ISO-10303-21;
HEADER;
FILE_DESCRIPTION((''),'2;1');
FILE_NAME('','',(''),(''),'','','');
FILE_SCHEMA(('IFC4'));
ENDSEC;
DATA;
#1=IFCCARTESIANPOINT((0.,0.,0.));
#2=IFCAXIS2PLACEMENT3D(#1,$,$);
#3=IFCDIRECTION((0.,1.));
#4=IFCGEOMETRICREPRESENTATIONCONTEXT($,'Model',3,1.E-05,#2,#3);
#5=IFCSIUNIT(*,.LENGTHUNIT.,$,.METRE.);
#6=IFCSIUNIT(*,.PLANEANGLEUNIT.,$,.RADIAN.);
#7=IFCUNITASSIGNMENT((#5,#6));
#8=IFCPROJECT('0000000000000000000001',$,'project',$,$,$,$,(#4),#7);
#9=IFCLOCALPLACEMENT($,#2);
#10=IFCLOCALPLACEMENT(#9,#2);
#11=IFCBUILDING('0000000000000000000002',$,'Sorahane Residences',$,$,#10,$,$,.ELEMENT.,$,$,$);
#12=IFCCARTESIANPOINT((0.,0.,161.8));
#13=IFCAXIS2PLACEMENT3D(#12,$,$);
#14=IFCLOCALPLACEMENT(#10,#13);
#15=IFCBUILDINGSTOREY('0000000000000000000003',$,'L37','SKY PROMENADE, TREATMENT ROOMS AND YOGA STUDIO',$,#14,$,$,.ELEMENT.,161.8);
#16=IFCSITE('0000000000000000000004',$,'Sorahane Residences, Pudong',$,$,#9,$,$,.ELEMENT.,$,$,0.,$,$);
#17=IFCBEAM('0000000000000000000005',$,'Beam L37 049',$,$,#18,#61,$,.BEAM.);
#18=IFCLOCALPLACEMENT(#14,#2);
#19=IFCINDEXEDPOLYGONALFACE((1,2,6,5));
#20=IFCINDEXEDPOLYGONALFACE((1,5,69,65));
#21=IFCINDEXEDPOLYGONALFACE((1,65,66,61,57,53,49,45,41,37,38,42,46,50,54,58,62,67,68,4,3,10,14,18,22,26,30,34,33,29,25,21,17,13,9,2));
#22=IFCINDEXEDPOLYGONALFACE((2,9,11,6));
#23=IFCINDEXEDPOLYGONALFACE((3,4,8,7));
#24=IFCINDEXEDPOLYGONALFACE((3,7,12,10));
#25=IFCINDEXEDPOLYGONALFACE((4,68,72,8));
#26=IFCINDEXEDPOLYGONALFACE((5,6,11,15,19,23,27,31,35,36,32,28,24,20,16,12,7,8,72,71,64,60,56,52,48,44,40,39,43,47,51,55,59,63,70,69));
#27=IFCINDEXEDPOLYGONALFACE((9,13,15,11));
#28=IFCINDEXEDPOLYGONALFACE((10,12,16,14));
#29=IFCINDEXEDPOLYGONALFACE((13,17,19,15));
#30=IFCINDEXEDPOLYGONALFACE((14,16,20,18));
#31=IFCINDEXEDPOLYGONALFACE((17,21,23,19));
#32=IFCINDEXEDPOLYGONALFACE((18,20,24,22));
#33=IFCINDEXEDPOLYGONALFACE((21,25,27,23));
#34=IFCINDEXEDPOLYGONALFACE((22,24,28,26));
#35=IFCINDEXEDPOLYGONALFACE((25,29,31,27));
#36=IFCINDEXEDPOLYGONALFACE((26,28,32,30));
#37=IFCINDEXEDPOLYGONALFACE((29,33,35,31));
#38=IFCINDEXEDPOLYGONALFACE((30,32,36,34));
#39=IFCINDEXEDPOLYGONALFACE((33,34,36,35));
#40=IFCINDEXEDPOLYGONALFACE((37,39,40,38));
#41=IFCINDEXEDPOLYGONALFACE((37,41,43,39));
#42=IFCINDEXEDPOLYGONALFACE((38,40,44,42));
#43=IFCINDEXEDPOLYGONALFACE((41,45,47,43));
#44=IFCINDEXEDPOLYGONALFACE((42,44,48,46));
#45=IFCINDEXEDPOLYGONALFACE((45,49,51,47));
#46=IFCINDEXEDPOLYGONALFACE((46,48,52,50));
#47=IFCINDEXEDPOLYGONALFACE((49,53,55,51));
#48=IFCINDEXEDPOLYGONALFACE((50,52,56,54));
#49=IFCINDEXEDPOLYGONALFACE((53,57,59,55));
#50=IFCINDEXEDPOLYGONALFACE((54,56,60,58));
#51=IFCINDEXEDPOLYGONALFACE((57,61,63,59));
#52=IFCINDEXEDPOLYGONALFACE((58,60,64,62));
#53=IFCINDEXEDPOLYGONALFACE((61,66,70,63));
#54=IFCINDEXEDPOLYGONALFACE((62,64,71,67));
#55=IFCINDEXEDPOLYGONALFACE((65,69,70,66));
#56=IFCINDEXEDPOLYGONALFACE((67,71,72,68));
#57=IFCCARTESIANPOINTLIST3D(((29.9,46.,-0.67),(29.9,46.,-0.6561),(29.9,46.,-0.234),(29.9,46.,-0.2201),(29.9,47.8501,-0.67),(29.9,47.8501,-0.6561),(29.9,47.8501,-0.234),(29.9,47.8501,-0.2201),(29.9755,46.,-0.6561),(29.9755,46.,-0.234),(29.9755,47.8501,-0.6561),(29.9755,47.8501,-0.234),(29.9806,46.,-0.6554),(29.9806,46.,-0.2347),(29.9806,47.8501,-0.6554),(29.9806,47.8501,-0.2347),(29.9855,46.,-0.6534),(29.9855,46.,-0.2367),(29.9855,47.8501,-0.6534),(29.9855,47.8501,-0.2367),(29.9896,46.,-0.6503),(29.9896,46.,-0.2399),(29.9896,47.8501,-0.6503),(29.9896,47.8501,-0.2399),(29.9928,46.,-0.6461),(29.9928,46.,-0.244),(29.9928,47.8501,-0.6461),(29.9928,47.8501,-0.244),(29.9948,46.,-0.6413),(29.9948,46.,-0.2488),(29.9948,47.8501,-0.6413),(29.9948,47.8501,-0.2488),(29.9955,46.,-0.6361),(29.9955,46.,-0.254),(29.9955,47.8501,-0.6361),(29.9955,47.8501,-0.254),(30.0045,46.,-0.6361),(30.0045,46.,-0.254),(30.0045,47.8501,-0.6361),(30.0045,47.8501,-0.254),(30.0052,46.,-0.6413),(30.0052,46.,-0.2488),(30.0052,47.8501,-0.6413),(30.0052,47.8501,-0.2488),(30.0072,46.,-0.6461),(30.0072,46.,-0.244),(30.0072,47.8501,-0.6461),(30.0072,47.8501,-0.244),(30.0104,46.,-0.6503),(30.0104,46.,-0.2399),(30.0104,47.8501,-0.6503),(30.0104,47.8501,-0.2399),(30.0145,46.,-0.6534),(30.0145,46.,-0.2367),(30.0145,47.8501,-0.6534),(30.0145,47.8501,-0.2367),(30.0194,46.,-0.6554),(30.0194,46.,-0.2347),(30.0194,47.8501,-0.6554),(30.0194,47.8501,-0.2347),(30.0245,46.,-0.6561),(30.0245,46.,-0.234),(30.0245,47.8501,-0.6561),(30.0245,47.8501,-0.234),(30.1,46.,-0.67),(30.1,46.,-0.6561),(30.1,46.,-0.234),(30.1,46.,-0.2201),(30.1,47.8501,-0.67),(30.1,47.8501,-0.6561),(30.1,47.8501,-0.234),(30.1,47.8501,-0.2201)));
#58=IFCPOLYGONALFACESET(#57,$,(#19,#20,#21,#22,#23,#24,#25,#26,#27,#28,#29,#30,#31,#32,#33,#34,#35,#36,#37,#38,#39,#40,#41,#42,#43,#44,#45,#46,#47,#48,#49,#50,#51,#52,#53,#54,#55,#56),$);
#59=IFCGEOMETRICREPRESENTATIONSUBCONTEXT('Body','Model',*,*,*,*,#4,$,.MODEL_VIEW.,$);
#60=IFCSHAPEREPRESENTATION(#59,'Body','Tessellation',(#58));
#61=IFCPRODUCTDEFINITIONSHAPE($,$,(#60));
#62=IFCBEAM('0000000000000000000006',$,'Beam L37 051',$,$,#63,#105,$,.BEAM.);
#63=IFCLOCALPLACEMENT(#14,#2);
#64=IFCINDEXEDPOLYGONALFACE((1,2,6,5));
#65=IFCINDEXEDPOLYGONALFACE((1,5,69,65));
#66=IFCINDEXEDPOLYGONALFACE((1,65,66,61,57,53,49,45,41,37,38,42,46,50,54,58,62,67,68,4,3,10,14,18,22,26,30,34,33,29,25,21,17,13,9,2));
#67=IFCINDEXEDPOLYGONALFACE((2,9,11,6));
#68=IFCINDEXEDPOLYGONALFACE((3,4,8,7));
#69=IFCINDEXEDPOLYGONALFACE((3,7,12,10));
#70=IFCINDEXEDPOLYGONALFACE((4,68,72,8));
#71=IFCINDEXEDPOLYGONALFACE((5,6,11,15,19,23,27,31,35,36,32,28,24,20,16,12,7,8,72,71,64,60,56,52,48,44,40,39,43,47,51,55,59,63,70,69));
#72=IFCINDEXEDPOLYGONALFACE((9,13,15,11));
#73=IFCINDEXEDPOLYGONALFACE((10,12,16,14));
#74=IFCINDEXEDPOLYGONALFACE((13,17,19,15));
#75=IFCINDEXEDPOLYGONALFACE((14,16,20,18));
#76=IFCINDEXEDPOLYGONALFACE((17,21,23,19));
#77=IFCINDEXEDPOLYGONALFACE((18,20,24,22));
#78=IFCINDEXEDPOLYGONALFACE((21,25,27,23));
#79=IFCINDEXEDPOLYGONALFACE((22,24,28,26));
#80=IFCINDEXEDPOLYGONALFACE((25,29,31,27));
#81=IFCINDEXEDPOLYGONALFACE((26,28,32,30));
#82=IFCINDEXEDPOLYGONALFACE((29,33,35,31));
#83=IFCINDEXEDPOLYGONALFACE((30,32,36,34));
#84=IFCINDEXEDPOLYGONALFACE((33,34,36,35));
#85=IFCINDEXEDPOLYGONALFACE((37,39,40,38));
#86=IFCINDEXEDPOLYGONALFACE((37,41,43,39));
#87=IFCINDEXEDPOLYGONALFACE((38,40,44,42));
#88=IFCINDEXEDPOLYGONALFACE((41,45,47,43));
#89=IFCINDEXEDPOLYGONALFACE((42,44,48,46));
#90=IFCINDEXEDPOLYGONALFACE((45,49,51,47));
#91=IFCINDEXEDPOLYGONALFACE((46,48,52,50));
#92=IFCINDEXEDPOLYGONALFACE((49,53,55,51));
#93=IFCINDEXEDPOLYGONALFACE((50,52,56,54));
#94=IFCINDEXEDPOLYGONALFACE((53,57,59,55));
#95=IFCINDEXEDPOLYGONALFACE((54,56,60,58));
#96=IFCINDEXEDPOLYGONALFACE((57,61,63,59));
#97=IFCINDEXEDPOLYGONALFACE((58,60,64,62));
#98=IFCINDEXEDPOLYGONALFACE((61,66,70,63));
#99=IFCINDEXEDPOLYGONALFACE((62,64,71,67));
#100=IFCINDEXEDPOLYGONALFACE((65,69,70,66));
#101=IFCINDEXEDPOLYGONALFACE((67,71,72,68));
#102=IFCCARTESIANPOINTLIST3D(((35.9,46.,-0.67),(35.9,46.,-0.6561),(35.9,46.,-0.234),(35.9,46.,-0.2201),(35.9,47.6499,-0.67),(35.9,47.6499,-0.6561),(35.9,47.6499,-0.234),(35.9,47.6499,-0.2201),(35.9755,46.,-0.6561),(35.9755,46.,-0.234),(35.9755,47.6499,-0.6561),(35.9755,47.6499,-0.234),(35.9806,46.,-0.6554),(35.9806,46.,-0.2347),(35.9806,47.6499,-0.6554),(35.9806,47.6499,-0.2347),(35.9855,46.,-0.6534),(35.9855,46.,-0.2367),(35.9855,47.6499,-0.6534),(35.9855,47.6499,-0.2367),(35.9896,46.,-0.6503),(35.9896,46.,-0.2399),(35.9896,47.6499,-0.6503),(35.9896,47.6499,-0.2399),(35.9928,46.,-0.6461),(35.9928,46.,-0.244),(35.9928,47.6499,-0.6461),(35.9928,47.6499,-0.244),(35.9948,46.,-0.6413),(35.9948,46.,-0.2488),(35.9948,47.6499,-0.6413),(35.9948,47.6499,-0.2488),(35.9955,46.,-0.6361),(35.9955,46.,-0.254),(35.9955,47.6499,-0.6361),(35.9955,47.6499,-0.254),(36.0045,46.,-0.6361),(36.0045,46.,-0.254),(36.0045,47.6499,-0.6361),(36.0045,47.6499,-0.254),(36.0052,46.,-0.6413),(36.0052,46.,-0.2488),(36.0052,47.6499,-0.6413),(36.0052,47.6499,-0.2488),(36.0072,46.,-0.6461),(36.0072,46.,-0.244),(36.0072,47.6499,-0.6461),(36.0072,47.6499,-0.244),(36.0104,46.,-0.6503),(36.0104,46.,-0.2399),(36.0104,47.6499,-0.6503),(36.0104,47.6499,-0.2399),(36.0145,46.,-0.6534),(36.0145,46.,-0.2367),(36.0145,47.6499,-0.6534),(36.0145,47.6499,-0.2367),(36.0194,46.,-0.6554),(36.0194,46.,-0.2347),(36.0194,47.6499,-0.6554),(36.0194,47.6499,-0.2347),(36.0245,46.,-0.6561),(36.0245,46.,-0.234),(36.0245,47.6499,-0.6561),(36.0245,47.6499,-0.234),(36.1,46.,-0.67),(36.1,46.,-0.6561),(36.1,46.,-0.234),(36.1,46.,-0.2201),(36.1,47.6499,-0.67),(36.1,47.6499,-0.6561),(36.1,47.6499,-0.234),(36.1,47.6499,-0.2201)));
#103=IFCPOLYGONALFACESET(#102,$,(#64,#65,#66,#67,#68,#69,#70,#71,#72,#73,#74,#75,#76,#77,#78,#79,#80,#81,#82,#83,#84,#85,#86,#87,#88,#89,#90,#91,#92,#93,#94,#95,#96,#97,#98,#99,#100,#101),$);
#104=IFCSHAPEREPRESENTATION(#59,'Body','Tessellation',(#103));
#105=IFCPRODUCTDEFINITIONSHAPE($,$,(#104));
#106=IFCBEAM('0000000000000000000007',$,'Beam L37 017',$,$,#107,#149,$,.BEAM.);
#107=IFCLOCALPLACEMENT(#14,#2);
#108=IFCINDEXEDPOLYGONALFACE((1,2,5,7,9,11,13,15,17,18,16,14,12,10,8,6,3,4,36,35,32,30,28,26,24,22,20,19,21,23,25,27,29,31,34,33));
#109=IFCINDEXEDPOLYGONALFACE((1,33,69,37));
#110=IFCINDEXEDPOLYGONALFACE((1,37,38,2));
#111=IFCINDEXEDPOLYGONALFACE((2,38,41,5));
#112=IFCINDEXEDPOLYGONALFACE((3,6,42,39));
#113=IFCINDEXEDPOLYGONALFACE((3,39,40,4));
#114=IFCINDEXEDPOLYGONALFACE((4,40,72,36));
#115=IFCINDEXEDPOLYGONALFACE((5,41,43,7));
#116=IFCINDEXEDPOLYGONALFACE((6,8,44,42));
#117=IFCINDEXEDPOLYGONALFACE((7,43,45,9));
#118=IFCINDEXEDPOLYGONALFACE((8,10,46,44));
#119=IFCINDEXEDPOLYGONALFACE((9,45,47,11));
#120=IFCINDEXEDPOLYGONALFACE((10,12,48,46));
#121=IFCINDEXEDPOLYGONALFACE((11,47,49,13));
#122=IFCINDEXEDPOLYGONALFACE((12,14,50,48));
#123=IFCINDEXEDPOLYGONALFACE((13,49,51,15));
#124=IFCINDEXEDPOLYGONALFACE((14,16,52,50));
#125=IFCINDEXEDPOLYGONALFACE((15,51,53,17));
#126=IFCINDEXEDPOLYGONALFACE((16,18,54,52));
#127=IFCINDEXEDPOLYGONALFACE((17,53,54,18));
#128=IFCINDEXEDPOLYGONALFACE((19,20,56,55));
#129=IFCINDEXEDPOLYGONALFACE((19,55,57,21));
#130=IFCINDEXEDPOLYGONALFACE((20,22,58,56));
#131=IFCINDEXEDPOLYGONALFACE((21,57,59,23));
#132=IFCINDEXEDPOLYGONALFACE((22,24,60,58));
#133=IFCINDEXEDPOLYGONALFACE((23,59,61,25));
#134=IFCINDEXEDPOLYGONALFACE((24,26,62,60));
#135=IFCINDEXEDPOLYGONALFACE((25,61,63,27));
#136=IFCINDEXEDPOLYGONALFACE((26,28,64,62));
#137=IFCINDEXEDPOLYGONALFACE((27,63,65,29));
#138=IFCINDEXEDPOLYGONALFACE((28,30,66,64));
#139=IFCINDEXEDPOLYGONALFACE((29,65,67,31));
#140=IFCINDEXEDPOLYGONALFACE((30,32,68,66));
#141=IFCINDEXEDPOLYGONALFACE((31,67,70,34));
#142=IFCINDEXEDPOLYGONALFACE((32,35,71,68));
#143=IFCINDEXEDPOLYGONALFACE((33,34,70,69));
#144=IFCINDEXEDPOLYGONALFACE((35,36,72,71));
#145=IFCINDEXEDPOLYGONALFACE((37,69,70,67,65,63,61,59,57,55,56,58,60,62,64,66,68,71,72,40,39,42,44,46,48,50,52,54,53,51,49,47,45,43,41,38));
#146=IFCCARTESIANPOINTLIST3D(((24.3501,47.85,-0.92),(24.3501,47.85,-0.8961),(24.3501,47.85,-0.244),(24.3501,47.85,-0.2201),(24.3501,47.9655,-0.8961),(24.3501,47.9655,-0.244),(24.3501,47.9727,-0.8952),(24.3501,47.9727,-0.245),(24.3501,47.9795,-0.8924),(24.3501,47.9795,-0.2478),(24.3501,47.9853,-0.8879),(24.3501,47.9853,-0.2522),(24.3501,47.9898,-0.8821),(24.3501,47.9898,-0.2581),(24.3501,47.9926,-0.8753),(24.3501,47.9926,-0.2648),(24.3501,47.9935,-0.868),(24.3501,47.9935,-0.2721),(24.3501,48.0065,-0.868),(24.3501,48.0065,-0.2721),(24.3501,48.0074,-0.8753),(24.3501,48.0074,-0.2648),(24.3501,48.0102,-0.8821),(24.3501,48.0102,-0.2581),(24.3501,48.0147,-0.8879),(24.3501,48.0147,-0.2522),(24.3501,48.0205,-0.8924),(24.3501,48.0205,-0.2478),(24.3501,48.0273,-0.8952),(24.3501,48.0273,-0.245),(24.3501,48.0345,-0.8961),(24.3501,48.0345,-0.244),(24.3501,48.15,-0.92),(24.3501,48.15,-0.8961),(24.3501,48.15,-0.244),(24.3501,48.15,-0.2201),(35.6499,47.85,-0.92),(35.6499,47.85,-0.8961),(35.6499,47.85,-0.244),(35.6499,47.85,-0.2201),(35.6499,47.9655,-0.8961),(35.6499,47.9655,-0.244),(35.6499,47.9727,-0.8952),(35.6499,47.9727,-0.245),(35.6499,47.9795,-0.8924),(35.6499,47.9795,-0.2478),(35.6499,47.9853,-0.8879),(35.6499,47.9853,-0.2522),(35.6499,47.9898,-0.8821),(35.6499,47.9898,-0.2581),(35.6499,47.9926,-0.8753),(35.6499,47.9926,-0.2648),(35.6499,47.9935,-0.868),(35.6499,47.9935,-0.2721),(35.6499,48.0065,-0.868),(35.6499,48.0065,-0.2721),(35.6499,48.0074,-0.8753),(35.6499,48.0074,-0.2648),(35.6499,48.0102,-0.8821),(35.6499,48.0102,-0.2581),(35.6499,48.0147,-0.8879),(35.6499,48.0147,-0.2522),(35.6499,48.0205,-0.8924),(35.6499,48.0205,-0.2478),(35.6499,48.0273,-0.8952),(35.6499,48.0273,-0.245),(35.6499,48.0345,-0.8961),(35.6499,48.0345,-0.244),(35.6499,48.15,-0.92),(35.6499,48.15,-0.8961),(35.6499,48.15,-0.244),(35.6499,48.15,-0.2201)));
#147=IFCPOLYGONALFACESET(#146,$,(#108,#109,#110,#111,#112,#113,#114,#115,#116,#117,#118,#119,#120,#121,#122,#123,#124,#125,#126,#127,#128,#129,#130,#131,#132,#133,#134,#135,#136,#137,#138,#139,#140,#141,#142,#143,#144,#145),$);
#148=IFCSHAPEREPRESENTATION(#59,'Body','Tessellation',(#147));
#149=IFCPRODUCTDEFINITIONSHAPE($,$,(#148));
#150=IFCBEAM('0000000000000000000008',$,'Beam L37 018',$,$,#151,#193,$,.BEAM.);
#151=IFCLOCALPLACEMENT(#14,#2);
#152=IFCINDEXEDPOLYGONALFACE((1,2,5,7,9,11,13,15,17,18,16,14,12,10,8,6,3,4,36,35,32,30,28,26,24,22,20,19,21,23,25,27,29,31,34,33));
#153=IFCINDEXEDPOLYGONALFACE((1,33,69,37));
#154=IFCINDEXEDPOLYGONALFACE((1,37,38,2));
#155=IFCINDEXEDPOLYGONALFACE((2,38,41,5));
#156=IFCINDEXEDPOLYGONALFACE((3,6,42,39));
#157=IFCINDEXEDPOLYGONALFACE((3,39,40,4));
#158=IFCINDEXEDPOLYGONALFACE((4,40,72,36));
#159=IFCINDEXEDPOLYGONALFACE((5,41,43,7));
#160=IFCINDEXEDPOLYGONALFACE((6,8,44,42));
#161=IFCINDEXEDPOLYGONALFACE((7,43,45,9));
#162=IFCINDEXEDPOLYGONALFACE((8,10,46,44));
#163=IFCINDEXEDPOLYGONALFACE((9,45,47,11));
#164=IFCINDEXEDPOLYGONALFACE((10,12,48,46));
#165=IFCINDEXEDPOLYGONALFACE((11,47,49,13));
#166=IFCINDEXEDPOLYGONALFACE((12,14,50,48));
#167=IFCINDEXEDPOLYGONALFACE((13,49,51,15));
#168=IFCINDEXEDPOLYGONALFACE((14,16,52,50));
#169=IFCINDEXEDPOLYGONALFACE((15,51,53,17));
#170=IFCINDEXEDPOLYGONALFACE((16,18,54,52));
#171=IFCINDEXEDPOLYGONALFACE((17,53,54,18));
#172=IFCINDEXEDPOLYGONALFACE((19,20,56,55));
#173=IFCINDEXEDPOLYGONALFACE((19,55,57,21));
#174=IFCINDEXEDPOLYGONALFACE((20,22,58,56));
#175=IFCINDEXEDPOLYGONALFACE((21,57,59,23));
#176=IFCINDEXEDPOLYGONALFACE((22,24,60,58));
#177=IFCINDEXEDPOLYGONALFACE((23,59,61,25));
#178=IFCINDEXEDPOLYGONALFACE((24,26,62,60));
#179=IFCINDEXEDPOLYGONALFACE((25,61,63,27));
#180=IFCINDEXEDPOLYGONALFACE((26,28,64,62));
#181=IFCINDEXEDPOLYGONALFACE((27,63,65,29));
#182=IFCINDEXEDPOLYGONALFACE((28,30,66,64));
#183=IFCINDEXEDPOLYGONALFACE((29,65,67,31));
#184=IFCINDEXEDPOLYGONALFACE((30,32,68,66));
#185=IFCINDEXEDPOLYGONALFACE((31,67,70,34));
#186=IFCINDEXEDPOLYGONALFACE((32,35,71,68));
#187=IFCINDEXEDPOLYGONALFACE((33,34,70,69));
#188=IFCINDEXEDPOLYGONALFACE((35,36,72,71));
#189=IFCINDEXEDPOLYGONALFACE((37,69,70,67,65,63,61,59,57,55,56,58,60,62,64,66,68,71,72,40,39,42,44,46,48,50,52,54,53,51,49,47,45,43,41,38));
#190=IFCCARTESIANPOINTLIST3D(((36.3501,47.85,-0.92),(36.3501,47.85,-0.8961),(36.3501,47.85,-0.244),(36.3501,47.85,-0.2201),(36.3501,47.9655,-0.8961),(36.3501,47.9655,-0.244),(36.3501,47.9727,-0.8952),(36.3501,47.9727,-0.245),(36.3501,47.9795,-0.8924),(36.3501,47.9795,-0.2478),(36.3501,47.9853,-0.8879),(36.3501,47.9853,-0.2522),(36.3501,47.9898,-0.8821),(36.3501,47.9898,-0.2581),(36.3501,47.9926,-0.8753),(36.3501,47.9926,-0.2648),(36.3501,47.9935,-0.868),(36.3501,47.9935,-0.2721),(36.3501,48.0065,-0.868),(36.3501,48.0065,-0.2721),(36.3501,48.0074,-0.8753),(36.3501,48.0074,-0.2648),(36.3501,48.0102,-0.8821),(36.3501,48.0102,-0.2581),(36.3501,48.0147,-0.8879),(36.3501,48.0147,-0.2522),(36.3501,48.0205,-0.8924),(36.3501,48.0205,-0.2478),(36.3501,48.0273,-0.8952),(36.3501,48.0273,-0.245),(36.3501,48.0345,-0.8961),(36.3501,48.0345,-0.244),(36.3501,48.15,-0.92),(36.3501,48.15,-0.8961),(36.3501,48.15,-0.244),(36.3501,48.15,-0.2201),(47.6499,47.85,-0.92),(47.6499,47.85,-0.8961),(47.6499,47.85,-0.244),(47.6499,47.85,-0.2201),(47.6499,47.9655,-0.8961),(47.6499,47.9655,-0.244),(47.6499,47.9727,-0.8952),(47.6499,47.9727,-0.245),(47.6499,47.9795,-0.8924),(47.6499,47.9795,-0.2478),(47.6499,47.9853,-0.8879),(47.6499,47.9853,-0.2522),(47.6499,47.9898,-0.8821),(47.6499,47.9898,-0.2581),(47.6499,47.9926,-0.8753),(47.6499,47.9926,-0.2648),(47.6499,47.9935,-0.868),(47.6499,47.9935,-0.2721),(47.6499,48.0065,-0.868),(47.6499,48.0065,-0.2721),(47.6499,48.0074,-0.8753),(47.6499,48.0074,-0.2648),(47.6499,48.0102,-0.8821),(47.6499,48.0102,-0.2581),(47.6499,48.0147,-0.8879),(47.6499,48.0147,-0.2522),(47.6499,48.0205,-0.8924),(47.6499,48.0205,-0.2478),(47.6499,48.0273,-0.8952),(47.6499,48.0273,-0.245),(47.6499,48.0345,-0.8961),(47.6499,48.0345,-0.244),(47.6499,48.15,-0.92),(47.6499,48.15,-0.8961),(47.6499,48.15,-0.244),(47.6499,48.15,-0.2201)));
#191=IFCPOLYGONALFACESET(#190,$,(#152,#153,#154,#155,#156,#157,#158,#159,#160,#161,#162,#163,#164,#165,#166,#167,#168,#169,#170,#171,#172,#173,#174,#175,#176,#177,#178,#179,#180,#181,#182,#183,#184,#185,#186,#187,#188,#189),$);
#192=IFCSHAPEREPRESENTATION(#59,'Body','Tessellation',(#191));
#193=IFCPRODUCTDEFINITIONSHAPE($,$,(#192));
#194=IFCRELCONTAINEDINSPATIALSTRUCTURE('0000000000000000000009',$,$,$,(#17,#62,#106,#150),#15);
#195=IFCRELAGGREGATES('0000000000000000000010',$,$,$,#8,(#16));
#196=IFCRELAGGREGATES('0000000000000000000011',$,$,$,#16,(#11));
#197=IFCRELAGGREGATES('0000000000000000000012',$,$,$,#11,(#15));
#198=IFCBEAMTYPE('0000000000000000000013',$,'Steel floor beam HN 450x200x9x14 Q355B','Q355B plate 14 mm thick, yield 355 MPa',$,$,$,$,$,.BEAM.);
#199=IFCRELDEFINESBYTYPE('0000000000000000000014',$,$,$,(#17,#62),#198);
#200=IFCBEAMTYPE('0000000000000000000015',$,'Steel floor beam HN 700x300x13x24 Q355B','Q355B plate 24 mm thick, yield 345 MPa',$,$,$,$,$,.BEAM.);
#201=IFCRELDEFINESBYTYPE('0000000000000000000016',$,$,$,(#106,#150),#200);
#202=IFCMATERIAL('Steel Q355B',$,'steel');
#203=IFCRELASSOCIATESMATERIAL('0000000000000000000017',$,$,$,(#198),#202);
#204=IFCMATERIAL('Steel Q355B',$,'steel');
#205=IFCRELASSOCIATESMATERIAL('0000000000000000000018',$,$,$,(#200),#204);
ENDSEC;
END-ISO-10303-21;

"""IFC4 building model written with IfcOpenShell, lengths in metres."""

from ifc_helpers import new_model, si_unit, direction, frame, origin, origin_2d, place, context, subcontext, project, spatial, i_section, extrude, material, material_profile, profile_set, type_object, element, save


model = new_model("IFC4")

# Units and contexts
model_context = context("Model", 3, precision=1e-05, world=origin(), true_north=direction((0.0, 1.0)))
body_context = subcontext(model_context, "Body", "Model", "MODEL_VIEW")
ifc_project = project(units=[si_unit("LENGTHUNIT", "METRE"), si_unit("PLANEANGLEUNIT", "RADIAN")], contexts=[model_context])

# Site, building, storey
site_placement = place(None, origin())
site = spatial("IfcSite", under=ifc_project, at=site_placement, Name="Sorahane Residences, Pudong", CompositionType="ELEMENT", RefElevation=0.0)
building_placement = place(site_placement, origin())
building = spatial("IfcBuilding", under=site, at=building_placement, Name="Sorahane Residences", CompositionType="ELEMENT")
storey_placement = place(building_placement, frame((0.0, 0.0, 161.8)))
storey = spatial("IfcBuildingStorey", under=building, at=storey_placement, Name="L37", Description="SKY PROMENADE, TREATMENT ROOMS AND YOGA STUDIO", CompositionType="ELEMENT", Elevation=161.8)

# Beams
ifc_material_1 = material(Name="Steel Q355B", Category="steel")
ifc_material_profile_1 = material_profile(ifc_material_1, i_section(OverallWidth=0.2, OverallDepth=0.45, WebThickness=0.009, FlangeThickness=0.0139, FilletRadius=0.02, at=origin_2d()), Name="HN 450x200x9x14")
ifc_profile_set_1 = profile_set([ifc_material_profile_1], Name="Steel Q355B")
beam_type_1 = type_object("IfcBeamType", Name="Steel floor beam HN 450x200x9x14 Q355B", Description="Q355B plate 14 mm thick, yield 355 MPa", PredefinedType="BEAM", material=ifc_profile_set_1)
beam_1_placement = place(storey_placement, frame((30.0, 46.0, -0.4451), z_axis=(0.0, 1.0, 0.0), x_axis=(-1.0, 0.0, 0.0)))
element("IfcBeam", 1, at=beam_1_placement, inside=storey, type_object=beam_type_1, Name="Beam L37 049", PredefinedType="BEAM", context=body_context, shape_type="SweptSolid", body=[
    extrude(i_section(OverallWidth=0.2, OverallDepth=0.45, WebThickness=0.009, FlangeThickness=0.0139, FilletRadius=0.02, at=origin_2d()), origin(), (0.0, 0.0, 1.0), 1.8501),
])
beam_2_placement = place(storey_placement, frame((36.0, 46.0, -0.4451), z_axis=(0.0, 1.0, 0.0), x_axis=(-1.0, 0.0, 0.0)))
element("IfcBeam", 2, at=beam_2_placement, inside=storey, type_object=beam_type_1, Name="Beam L37 051", PredefinedType="BEAM", context=body_context, shape_type="SweptSolid", body=[
    extrude(i_section(OverallWidth=0.2, OverallDepth=0.45, WebThickness=0.009, FlangeThickness=0.0139, FilletRadius=0.02, at=origin_2d()), origin(), (0.0, 0.0, 1.0), 1.6499),
])
ifc_material_2 = material(Name="Steel Q355B", Category="steel")
ifc_material_profile_2 = material_profile(ifc_material_2, i_section(OverallWidth=0.3, OverallDepth=0.7, WebThickness=0.0129, FlangeThickness=0.0239, FilletRadius=0.0281, at=origin_2d()), Name="HN 700x300x13x24")
ifc_profile_set_2 = profile_set([ifc_material_profile_2], Name="Steel Q355B")
beam_type_2 = type_object("IfcBeamType", Name="Steel floor beam HN 700x300x13x24 Q355B", Description="Q355B plate 24 mm thick, yield 345 MPa", PredefinedType="BEAM", material=ifc_profile_set_2)
for number, where, z_axis, x_axis, name in (
    (3, (24.3501, 48.0, -0.5701), (1.0, 0.0, 0.0), (0.0, 1.0, 0.0), "Beam L37 017"),
    (4, (36.3501, 48.0, -0.5701), (1.0, 0.0, 0.0), (0.0, 1.0, 0.0), "Beam L37 018"),
):
    element("IfcBeam", number, at=place(storey_placement, frame(where, z_axis=z_axis, x_axis=x_axis)), inside=storey, type_object=beam_type_2, Name=name, PredefinedType="BEAM", context=body_context, shape_type="SweptSolid", body=[
        extrude(i_section(OverallWidth=0.3, OverallDepth=0.7, WebThickness=0.0129, FlangeThickness=0.0239, FilletRadius=0.0281, at=origin_2d()), origin(), (0.0, 0.0, 1.0), 11.2998),
    ])

save(model, "model.ifc")
